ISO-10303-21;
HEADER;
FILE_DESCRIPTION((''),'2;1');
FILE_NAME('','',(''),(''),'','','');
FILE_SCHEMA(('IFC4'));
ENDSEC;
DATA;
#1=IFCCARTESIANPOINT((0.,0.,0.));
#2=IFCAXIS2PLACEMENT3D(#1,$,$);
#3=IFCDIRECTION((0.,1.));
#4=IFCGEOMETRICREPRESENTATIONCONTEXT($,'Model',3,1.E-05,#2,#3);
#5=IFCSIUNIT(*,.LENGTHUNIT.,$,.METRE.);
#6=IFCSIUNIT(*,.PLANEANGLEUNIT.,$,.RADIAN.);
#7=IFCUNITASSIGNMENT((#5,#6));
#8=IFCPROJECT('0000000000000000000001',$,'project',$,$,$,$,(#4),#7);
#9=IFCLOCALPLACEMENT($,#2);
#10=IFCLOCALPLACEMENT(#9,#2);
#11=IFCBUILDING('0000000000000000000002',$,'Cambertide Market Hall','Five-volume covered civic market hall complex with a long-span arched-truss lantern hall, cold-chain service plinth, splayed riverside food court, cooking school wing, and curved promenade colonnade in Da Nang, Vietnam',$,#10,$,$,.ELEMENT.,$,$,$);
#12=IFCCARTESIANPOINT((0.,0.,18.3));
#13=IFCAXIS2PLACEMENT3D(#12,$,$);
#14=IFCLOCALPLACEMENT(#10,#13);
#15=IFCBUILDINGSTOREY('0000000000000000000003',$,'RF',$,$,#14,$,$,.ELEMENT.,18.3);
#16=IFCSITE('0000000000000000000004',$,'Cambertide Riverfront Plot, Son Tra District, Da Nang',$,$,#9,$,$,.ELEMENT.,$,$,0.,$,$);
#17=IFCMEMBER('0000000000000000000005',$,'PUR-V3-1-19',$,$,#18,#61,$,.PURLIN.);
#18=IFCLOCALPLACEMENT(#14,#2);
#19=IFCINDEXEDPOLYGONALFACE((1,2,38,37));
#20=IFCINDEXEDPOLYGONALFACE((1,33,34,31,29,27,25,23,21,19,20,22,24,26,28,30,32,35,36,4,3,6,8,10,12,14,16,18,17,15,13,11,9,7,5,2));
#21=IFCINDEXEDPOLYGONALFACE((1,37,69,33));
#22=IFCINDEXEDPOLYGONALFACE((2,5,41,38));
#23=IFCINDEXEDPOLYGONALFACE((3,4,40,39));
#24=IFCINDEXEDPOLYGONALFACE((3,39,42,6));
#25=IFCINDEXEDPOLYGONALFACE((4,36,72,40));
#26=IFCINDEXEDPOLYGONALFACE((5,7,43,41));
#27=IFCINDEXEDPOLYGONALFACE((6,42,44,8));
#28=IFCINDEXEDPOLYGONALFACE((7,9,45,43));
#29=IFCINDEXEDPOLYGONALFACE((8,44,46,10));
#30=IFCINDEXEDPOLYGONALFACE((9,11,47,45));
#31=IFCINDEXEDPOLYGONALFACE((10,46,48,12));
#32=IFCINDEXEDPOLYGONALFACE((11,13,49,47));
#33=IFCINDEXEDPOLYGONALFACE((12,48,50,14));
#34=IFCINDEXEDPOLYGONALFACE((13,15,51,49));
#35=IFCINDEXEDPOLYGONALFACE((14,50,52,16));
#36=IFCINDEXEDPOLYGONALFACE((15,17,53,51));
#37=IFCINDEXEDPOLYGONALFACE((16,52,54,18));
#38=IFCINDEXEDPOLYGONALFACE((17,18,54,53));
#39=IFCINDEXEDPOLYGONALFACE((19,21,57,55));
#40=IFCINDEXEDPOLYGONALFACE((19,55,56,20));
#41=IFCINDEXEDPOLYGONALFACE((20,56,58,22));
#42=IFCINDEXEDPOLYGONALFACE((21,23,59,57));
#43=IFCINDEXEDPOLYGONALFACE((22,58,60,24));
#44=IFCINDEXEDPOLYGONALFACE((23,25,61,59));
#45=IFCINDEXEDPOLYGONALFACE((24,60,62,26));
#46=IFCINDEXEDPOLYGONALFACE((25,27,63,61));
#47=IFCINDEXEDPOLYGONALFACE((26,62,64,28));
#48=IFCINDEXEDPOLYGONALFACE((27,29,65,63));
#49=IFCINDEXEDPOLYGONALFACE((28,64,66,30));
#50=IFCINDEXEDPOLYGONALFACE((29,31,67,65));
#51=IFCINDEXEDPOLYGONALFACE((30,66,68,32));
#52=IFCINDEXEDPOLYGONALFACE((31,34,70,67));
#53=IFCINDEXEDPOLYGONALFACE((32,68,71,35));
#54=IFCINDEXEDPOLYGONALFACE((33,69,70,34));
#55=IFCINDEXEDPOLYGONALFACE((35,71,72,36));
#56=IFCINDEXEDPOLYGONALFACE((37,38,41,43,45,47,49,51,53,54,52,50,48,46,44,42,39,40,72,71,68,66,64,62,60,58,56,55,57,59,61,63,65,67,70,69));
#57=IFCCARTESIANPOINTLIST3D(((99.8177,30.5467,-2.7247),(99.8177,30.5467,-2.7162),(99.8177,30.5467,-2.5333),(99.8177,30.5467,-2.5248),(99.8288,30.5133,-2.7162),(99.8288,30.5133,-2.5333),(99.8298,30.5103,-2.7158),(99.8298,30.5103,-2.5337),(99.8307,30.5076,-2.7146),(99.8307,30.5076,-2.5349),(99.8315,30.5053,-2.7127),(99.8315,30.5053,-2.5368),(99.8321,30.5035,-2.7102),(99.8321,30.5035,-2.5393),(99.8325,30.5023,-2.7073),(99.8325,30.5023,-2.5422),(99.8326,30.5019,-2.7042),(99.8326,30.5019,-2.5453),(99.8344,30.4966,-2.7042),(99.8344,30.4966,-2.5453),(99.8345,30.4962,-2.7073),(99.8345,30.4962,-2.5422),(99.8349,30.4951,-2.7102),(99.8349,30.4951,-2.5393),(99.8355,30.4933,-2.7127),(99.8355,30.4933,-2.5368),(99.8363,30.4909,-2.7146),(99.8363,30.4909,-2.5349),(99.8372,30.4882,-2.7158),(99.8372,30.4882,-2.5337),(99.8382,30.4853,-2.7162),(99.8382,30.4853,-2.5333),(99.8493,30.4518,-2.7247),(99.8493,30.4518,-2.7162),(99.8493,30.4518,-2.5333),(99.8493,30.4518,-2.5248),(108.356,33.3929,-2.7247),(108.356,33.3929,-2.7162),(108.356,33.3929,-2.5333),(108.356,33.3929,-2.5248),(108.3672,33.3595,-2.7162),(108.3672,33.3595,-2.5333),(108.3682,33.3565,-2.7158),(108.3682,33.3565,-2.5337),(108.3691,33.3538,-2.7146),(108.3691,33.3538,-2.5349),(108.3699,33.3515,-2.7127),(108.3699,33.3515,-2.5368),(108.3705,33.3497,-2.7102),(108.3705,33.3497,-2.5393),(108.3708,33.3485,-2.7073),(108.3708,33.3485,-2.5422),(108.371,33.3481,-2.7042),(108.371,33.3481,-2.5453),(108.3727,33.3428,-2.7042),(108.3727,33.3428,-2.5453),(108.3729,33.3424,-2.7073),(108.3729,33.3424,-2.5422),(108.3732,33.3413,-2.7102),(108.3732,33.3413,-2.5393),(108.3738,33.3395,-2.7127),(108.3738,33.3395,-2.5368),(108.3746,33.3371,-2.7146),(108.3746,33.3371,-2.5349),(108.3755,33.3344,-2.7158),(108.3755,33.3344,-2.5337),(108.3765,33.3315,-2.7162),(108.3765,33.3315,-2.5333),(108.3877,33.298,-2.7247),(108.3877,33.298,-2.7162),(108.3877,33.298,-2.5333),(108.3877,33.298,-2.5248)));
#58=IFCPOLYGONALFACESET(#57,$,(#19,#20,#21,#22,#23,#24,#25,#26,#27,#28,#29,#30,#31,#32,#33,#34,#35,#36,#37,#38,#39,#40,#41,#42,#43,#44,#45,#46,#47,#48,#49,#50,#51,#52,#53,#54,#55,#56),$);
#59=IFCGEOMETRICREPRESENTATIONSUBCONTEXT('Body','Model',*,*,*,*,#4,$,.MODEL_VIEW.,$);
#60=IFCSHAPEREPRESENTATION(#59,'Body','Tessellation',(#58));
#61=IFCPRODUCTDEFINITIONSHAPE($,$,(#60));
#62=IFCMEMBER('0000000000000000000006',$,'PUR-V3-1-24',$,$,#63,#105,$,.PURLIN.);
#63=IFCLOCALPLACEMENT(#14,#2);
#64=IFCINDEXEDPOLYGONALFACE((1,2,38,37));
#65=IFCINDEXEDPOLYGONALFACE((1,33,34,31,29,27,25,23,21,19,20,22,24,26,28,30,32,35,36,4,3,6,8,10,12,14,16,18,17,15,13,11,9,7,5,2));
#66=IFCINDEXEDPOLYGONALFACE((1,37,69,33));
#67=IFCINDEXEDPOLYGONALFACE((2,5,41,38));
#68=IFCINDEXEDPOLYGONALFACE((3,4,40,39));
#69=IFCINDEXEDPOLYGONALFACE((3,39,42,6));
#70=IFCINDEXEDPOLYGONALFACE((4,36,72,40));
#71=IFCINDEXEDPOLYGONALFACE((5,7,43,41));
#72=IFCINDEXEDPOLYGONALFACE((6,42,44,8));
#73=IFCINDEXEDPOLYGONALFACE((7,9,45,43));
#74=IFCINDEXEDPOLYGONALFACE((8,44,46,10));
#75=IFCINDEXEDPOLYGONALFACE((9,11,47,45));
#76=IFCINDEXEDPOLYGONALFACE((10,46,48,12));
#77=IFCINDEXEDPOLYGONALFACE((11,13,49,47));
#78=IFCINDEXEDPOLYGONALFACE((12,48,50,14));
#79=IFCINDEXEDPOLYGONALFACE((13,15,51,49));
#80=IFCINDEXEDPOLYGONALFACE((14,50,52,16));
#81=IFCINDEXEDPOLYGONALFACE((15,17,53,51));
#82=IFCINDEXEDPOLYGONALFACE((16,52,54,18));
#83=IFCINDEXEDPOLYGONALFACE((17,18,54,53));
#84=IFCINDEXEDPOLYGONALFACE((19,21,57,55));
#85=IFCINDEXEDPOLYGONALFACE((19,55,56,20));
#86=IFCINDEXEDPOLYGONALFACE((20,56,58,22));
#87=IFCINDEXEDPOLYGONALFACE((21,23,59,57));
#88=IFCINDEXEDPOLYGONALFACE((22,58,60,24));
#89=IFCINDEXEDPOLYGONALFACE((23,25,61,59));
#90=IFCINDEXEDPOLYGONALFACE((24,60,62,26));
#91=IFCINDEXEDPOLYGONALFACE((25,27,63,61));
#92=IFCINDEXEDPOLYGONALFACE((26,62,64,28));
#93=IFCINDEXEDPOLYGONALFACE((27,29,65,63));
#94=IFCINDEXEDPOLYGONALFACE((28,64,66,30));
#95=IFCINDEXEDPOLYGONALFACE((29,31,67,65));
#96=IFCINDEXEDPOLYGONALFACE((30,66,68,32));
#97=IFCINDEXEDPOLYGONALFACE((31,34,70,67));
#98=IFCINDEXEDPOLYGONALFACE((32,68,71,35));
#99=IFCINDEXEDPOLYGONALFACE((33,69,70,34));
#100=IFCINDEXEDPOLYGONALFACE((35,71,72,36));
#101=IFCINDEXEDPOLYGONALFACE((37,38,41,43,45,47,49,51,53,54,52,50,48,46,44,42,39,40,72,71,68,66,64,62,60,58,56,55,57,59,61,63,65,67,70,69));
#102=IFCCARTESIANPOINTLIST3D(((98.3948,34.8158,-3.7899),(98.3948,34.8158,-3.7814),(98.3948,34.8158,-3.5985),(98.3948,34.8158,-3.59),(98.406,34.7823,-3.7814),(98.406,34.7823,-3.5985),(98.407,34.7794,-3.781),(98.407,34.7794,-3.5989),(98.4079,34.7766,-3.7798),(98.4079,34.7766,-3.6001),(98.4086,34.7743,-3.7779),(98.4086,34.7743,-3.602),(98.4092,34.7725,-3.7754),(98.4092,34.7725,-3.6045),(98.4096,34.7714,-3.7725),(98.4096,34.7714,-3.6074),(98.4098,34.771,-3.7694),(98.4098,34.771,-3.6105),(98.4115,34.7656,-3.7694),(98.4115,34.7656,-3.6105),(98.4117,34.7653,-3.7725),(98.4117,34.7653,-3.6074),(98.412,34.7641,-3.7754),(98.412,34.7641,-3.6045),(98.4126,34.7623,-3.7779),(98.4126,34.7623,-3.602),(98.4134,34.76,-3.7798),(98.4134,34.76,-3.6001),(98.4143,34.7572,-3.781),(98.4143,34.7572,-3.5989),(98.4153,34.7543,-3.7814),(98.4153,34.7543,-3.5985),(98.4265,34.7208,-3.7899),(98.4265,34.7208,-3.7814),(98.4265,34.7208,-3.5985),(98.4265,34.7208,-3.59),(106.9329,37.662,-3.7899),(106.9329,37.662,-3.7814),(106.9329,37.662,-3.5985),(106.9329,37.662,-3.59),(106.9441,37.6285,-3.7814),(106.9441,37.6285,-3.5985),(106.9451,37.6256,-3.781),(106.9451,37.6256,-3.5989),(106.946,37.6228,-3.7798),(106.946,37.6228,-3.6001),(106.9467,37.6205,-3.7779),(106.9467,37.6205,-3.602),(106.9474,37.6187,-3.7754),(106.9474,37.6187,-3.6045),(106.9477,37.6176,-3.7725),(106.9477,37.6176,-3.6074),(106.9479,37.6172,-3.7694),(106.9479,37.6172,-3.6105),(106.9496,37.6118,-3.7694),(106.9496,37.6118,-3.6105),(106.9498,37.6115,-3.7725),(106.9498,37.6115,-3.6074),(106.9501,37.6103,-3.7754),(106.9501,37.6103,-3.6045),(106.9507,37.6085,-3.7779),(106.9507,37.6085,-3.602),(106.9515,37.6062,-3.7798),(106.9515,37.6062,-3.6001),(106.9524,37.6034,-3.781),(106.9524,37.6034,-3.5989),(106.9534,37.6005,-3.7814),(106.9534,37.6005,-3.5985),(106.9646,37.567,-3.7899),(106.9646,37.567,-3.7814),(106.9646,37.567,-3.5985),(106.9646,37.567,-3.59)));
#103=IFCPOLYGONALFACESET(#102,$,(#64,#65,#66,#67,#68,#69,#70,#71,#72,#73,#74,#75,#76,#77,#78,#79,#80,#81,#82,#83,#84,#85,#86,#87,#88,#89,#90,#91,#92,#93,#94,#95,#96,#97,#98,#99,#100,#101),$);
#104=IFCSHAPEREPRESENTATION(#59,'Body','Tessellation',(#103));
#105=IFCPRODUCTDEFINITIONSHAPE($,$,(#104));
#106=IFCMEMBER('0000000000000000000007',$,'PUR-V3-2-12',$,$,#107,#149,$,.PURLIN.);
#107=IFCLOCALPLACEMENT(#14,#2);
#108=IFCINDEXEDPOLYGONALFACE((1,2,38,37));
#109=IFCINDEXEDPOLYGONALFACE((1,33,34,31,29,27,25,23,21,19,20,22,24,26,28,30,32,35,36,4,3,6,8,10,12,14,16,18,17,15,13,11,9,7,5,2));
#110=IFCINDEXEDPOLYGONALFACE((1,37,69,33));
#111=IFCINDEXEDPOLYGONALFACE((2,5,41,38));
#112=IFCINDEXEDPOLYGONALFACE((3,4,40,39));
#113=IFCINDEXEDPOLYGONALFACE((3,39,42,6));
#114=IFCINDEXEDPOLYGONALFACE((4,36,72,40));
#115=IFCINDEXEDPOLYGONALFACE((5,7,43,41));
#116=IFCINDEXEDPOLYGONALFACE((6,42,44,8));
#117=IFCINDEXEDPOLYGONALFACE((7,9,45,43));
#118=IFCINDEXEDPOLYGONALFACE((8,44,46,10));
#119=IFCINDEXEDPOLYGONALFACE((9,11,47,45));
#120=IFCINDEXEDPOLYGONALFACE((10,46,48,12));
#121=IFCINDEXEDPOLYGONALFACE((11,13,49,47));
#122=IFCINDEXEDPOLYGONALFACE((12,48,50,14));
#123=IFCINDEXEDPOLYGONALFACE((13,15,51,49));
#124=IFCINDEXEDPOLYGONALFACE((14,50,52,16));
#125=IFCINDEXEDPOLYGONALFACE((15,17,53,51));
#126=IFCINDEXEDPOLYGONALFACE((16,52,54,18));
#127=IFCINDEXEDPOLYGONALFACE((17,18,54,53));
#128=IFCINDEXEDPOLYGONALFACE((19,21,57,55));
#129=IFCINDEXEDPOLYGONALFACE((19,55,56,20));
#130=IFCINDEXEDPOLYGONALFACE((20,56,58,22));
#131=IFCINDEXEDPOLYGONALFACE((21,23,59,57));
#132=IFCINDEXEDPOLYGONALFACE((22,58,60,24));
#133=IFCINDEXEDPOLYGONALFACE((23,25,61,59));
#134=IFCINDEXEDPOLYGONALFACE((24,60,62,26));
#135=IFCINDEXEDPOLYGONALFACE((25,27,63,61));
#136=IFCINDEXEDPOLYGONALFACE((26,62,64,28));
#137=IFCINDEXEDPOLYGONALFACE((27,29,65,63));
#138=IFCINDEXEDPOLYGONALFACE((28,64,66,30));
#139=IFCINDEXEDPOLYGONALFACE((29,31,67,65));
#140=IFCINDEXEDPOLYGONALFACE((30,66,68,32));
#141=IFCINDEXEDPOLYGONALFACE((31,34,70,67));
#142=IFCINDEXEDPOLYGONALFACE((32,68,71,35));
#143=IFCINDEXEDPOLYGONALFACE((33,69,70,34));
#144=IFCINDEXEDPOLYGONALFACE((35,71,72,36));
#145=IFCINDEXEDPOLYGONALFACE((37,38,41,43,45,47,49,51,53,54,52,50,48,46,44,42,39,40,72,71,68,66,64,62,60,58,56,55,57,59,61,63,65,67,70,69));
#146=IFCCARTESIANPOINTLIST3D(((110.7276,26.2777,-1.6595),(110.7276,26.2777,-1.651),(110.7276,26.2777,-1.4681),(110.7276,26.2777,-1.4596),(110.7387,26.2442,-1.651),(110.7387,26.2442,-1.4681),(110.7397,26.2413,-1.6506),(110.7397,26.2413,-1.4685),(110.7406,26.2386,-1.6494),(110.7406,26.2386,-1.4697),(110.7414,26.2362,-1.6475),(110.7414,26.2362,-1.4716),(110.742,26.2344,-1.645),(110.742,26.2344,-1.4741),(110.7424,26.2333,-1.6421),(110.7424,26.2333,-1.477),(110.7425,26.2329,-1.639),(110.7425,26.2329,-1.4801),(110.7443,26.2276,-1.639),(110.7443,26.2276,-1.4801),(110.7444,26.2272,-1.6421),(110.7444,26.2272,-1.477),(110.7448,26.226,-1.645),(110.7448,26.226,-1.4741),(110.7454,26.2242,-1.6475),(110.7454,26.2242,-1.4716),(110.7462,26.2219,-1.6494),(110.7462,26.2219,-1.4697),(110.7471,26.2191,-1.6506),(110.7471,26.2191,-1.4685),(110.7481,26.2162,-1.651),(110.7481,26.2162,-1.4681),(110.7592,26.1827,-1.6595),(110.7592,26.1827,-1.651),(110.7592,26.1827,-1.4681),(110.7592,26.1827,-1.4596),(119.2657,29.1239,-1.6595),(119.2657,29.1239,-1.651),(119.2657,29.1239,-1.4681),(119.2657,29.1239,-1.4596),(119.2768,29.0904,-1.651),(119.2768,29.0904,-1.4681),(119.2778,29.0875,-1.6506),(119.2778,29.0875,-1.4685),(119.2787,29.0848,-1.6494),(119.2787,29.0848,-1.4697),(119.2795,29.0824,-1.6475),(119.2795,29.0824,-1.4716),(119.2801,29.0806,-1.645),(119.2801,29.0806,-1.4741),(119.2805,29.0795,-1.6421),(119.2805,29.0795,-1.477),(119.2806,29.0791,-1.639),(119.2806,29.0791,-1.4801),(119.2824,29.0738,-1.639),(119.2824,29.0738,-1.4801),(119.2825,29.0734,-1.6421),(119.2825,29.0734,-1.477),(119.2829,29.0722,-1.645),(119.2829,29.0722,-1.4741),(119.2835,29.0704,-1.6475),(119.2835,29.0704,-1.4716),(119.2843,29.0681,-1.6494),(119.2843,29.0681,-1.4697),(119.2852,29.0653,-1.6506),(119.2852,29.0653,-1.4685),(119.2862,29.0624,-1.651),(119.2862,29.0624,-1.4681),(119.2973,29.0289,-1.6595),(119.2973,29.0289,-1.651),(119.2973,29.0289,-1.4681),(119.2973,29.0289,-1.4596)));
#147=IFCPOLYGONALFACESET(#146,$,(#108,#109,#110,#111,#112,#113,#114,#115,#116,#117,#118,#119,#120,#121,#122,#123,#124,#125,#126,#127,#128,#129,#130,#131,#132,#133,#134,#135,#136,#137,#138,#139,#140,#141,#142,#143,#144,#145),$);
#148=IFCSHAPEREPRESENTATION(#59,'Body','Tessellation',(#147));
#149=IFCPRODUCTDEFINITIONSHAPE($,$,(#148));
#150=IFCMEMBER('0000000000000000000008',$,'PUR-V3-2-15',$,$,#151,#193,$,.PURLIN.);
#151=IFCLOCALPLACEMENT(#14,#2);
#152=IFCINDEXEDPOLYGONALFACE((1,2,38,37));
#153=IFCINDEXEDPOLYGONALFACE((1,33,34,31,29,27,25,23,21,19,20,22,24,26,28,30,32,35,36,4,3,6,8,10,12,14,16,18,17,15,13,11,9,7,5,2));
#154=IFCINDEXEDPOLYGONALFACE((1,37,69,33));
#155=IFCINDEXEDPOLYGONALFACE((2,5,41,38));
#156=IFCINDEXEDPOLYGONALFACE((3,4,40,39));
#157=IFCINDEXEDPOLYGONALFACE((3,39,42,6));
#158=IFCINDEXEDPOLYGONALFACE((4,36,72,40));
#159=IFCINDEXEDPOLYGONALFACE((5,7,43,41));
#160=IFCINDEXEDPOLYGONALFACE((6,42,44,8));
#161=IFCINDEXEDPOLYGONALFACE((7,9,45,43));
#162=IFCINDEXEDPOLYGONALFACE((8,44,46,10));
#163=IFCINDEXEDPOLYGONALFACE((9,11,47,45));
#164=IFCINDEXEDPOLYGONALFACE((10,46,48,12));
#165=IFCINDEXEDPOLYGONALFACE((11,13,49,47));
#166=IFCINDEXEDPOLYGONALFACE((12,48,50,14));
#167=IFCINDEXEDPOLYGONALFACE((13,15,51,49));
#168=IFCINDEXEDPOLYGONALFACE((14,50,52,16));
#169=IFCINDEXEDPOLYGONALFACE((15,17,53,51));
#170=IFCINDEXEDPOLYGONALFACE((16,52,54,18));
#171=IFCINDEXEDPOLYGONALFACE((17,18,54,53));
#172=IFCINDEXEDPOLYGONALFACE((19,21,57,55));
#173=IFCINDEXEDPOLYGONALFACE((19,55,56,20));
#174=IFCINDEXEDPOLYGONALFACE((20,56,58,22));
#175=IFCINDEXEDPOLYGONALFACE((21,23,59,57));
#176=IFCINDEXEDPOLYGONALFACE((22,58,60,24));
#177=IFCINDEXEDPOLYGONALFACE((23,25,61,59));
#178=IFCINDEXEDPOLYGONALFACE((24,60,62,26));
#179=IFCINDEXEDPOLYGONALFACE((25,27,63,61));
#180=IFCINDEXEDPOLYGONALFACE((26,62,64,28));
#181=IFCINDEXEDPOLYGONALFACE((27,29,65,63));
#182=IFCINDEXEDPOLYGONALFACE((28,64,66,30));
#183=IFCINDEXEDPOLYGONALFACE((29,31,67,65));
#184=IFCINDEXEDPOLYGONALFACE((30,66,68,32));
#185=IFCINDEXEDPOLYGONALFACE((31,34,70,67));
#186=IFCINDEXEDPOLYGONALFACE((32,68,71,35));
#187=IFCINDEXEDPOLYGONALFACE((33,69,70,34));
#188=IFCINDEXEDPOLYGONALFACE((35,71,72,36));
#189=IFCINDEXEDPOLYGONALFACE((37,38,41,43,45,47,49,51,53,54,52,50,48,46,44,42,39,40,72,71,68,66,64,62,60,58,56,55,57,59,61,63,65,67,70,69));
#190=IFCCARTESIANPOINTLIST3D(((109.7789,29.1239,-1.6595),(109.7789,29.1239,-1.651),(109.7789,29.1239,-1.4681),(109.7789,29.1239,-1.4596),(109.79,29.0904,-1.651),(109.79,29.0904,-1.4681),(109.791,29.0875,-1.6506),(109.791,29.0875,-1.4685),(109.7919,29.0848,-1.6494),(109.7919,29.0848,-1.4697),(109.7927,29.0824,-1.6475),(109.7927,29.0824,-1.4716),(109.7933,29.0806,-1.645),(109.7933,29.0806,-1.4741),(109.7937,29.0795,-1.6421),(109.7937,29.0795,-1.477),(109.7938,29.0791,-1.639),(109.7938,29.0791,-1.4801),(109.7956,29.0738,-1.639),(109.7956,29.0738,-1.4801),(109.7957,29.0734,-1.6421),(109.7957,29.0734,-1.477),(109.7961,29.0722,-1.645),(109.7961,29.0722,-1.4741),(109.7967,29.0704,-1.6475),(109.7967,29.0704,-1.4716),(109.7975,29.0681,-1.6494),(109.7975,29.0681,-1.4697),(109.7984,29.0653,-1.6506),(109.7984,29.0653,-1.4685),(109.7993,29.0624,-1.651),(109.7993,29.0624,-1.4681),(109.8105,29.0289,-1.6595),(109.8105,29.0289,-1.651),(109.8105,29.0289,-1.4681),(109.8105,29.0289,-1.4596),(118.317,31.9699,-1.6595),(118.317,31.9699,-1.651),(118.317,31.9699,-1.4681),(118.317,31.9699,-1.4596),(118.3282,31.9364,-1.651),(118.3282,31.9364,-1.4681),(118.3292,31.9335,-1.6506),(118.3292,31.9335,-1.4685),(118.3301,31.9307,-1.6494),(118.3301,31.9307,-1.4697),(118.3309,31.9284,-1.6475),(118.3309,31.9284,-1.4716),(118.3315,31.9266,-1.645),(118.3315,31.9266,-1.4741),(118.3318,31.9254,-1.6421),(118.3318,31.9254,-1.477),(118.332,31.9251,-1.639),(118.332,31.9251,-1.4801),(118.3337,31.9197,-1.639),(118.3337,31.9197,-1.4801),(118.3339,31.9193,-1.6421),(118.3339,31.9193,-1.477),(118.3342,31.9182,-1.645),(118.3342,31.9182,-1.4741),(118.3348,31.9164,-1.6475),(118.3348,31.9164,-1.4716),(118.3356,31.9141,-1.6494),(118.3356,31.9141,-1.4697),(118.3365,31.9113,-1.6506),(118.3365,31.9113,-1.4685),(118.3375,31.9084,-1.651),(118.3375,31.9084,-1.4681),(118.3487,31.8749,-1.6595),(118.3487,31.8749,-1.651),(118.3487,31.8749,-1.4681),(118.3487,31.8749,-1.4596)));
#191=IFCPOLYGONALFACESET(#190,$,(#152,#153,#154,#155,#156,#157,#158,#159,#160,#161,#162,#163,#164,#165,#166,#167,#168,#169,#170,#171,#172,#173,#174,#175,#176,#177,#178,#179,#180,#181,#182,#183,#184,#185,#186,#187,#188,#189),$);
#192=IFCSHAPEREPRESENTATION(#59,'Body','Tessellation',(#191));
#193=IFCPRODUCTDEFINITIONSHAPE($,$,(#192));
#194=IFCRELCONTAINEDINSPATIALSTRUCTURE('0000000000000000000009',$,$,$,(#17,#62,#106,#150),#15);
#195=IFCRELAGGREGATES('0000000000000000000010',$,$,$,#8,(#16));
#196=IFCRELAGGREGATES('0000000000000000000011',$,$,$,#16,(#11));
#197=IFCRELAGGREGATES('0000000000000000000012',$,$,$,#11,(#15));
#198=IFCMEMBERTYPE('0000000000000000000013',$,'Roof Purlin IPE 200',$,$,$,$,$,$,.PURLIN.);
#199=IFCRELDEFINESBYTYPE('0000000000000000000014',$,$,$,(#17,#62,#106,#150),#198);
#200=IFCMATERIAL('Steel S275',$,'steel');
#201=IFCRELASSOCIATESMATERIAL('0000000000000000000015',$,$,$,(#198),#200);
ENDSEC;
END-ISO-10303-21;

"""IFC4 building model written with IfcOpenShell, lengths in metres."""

from ifc_helpers import new_model, si_unit, direction, frame, origin, origin_2d, place, context, subcontext, project, spatial, i_section, extrude, material, material_profile, profile_set, type_object, element, save


model = new_model("IFC4")

# Units and contexts
model_context = context("Model", 3, precision=1e-05, world=origin(), true_north=direction((0.0, 1.0)))
body_context = subcontext(model_context, "Body", "Model", "MODEL_VIEW")
ifc_project = project(units=[si_unit("LENGTHUNIT", "METRE"), si_unit("PLANEANGLEUNIT", "RADIAN")], contexts=[model_context])

# Site, building, storey
site_placement = place(None, origin())
site = spatial("IfcSite", under=ifc_project, at=site_placement, Name="Cambertide Riverfront Plot, Son Tra District, Da Nang", CompositionType="ELEMENT", RefElevation=0.0)
building_placement = place(site_placement, origin())
building = spatial("IfcBuilding", under=site, at=building_placement, Name="Cambertide Market Hall", Description="Five-volume covered civic market hall complex with a long-span arched-truss lantern hall, cold-chain service plinth, splayed riverside food court, cooking school wing, and curved promenade colonnade in Da Nang, Vietnam", CompositionType="ELEMENT")
storey_placement = place(building_placement, frame((0.0, 0.0, 18.3)))
storey = spatial("IfcBuildingStorey", under=building, at=storey_placement, Name="RF", CompositionType="ELEMENT", Elevation=18.3)

# Members
ifc_material_1 = material(Name="Steel S275", Category="steel")
ifc_material_profile_1 = material_profile(ifc_material_1, i_section(OverallWidth=0.1001, OverallDepth=0.2, WebThickness=0.0056, FlangeThickness=0.0085, FilletRadius=0.012, at=origin_2d()), Name="IPE 200")
ifc_profile_set_1 = profile_set([ifc_material_profile_1], Name="Steel S275")
member_type_1 = type_object("IfcMemberType", Name="Roof Purlin IPE 200", PredefinedType="PURLIN", material=ifc_profile_set_1)
member_1_placement = place(storey_placement, frame((99.8335, 30.4993, -2.6248), z_axis=(0.948681, 0.316236, 0.0), x_axis=(-0.316236, 0.948681, 0.0)))
element("IfcMember", 1, at=member_1_placement, inside=storey, type_object=member_type_1, Name="PUR-V3-1-19", PredefinedType="PURLIN", context=body_context, shape_type="SweptSolid", body=[
    extrude(i_section(OverallWidth=0.1001, OverallDepth=0.2, WebThickness=0.0056, FlangeThickness=0.0085, FilletRadius=0.012, at=origin_2d()), origin(), (0.0, 0.0, 1.0), 9.0002),
])
for number, where, z_axis, x_axis, name in (
    (2, (98.4106, 34.7683, -3.6899), (0.948678, 0.316244, 0.0), (-0.316244, 0.948678, 0.0), "PUR-V3-1-24"),
    (3, (110.7434, 26.2302, -1.5596), (0.948678, 0.316244, 0.0), (-0.316244, 0.948678, 0.0), "PUR-V3-2-12"),
    (4, (109.7947, 29.0764, -1.5596), (0.948686, 0.31622, 0.0), (-0.31622, 0.948686, 0.0), "PUR-V3-2-15"),
):
    element("IfcMember", number, at=place(storey_placement, frame(where, z_axis=z_axis, x_axis=x_axis)), inside=storey, type_object=member_type_1, Name=name, PredefinedType="PURLIN", context=body_context, shape_type="SweptSolid", body=[
        extrude(i_section(OverallWidth=0.1001, OverallDepth=0.2, WebThickness=0.0056, FlangeThickness=0.0085, FilletRadius=0.012, at=origin_2d()), origin(), (0.0, 0.0, 1.0), 9.0),
    ])

save(model, "model.ifc")
